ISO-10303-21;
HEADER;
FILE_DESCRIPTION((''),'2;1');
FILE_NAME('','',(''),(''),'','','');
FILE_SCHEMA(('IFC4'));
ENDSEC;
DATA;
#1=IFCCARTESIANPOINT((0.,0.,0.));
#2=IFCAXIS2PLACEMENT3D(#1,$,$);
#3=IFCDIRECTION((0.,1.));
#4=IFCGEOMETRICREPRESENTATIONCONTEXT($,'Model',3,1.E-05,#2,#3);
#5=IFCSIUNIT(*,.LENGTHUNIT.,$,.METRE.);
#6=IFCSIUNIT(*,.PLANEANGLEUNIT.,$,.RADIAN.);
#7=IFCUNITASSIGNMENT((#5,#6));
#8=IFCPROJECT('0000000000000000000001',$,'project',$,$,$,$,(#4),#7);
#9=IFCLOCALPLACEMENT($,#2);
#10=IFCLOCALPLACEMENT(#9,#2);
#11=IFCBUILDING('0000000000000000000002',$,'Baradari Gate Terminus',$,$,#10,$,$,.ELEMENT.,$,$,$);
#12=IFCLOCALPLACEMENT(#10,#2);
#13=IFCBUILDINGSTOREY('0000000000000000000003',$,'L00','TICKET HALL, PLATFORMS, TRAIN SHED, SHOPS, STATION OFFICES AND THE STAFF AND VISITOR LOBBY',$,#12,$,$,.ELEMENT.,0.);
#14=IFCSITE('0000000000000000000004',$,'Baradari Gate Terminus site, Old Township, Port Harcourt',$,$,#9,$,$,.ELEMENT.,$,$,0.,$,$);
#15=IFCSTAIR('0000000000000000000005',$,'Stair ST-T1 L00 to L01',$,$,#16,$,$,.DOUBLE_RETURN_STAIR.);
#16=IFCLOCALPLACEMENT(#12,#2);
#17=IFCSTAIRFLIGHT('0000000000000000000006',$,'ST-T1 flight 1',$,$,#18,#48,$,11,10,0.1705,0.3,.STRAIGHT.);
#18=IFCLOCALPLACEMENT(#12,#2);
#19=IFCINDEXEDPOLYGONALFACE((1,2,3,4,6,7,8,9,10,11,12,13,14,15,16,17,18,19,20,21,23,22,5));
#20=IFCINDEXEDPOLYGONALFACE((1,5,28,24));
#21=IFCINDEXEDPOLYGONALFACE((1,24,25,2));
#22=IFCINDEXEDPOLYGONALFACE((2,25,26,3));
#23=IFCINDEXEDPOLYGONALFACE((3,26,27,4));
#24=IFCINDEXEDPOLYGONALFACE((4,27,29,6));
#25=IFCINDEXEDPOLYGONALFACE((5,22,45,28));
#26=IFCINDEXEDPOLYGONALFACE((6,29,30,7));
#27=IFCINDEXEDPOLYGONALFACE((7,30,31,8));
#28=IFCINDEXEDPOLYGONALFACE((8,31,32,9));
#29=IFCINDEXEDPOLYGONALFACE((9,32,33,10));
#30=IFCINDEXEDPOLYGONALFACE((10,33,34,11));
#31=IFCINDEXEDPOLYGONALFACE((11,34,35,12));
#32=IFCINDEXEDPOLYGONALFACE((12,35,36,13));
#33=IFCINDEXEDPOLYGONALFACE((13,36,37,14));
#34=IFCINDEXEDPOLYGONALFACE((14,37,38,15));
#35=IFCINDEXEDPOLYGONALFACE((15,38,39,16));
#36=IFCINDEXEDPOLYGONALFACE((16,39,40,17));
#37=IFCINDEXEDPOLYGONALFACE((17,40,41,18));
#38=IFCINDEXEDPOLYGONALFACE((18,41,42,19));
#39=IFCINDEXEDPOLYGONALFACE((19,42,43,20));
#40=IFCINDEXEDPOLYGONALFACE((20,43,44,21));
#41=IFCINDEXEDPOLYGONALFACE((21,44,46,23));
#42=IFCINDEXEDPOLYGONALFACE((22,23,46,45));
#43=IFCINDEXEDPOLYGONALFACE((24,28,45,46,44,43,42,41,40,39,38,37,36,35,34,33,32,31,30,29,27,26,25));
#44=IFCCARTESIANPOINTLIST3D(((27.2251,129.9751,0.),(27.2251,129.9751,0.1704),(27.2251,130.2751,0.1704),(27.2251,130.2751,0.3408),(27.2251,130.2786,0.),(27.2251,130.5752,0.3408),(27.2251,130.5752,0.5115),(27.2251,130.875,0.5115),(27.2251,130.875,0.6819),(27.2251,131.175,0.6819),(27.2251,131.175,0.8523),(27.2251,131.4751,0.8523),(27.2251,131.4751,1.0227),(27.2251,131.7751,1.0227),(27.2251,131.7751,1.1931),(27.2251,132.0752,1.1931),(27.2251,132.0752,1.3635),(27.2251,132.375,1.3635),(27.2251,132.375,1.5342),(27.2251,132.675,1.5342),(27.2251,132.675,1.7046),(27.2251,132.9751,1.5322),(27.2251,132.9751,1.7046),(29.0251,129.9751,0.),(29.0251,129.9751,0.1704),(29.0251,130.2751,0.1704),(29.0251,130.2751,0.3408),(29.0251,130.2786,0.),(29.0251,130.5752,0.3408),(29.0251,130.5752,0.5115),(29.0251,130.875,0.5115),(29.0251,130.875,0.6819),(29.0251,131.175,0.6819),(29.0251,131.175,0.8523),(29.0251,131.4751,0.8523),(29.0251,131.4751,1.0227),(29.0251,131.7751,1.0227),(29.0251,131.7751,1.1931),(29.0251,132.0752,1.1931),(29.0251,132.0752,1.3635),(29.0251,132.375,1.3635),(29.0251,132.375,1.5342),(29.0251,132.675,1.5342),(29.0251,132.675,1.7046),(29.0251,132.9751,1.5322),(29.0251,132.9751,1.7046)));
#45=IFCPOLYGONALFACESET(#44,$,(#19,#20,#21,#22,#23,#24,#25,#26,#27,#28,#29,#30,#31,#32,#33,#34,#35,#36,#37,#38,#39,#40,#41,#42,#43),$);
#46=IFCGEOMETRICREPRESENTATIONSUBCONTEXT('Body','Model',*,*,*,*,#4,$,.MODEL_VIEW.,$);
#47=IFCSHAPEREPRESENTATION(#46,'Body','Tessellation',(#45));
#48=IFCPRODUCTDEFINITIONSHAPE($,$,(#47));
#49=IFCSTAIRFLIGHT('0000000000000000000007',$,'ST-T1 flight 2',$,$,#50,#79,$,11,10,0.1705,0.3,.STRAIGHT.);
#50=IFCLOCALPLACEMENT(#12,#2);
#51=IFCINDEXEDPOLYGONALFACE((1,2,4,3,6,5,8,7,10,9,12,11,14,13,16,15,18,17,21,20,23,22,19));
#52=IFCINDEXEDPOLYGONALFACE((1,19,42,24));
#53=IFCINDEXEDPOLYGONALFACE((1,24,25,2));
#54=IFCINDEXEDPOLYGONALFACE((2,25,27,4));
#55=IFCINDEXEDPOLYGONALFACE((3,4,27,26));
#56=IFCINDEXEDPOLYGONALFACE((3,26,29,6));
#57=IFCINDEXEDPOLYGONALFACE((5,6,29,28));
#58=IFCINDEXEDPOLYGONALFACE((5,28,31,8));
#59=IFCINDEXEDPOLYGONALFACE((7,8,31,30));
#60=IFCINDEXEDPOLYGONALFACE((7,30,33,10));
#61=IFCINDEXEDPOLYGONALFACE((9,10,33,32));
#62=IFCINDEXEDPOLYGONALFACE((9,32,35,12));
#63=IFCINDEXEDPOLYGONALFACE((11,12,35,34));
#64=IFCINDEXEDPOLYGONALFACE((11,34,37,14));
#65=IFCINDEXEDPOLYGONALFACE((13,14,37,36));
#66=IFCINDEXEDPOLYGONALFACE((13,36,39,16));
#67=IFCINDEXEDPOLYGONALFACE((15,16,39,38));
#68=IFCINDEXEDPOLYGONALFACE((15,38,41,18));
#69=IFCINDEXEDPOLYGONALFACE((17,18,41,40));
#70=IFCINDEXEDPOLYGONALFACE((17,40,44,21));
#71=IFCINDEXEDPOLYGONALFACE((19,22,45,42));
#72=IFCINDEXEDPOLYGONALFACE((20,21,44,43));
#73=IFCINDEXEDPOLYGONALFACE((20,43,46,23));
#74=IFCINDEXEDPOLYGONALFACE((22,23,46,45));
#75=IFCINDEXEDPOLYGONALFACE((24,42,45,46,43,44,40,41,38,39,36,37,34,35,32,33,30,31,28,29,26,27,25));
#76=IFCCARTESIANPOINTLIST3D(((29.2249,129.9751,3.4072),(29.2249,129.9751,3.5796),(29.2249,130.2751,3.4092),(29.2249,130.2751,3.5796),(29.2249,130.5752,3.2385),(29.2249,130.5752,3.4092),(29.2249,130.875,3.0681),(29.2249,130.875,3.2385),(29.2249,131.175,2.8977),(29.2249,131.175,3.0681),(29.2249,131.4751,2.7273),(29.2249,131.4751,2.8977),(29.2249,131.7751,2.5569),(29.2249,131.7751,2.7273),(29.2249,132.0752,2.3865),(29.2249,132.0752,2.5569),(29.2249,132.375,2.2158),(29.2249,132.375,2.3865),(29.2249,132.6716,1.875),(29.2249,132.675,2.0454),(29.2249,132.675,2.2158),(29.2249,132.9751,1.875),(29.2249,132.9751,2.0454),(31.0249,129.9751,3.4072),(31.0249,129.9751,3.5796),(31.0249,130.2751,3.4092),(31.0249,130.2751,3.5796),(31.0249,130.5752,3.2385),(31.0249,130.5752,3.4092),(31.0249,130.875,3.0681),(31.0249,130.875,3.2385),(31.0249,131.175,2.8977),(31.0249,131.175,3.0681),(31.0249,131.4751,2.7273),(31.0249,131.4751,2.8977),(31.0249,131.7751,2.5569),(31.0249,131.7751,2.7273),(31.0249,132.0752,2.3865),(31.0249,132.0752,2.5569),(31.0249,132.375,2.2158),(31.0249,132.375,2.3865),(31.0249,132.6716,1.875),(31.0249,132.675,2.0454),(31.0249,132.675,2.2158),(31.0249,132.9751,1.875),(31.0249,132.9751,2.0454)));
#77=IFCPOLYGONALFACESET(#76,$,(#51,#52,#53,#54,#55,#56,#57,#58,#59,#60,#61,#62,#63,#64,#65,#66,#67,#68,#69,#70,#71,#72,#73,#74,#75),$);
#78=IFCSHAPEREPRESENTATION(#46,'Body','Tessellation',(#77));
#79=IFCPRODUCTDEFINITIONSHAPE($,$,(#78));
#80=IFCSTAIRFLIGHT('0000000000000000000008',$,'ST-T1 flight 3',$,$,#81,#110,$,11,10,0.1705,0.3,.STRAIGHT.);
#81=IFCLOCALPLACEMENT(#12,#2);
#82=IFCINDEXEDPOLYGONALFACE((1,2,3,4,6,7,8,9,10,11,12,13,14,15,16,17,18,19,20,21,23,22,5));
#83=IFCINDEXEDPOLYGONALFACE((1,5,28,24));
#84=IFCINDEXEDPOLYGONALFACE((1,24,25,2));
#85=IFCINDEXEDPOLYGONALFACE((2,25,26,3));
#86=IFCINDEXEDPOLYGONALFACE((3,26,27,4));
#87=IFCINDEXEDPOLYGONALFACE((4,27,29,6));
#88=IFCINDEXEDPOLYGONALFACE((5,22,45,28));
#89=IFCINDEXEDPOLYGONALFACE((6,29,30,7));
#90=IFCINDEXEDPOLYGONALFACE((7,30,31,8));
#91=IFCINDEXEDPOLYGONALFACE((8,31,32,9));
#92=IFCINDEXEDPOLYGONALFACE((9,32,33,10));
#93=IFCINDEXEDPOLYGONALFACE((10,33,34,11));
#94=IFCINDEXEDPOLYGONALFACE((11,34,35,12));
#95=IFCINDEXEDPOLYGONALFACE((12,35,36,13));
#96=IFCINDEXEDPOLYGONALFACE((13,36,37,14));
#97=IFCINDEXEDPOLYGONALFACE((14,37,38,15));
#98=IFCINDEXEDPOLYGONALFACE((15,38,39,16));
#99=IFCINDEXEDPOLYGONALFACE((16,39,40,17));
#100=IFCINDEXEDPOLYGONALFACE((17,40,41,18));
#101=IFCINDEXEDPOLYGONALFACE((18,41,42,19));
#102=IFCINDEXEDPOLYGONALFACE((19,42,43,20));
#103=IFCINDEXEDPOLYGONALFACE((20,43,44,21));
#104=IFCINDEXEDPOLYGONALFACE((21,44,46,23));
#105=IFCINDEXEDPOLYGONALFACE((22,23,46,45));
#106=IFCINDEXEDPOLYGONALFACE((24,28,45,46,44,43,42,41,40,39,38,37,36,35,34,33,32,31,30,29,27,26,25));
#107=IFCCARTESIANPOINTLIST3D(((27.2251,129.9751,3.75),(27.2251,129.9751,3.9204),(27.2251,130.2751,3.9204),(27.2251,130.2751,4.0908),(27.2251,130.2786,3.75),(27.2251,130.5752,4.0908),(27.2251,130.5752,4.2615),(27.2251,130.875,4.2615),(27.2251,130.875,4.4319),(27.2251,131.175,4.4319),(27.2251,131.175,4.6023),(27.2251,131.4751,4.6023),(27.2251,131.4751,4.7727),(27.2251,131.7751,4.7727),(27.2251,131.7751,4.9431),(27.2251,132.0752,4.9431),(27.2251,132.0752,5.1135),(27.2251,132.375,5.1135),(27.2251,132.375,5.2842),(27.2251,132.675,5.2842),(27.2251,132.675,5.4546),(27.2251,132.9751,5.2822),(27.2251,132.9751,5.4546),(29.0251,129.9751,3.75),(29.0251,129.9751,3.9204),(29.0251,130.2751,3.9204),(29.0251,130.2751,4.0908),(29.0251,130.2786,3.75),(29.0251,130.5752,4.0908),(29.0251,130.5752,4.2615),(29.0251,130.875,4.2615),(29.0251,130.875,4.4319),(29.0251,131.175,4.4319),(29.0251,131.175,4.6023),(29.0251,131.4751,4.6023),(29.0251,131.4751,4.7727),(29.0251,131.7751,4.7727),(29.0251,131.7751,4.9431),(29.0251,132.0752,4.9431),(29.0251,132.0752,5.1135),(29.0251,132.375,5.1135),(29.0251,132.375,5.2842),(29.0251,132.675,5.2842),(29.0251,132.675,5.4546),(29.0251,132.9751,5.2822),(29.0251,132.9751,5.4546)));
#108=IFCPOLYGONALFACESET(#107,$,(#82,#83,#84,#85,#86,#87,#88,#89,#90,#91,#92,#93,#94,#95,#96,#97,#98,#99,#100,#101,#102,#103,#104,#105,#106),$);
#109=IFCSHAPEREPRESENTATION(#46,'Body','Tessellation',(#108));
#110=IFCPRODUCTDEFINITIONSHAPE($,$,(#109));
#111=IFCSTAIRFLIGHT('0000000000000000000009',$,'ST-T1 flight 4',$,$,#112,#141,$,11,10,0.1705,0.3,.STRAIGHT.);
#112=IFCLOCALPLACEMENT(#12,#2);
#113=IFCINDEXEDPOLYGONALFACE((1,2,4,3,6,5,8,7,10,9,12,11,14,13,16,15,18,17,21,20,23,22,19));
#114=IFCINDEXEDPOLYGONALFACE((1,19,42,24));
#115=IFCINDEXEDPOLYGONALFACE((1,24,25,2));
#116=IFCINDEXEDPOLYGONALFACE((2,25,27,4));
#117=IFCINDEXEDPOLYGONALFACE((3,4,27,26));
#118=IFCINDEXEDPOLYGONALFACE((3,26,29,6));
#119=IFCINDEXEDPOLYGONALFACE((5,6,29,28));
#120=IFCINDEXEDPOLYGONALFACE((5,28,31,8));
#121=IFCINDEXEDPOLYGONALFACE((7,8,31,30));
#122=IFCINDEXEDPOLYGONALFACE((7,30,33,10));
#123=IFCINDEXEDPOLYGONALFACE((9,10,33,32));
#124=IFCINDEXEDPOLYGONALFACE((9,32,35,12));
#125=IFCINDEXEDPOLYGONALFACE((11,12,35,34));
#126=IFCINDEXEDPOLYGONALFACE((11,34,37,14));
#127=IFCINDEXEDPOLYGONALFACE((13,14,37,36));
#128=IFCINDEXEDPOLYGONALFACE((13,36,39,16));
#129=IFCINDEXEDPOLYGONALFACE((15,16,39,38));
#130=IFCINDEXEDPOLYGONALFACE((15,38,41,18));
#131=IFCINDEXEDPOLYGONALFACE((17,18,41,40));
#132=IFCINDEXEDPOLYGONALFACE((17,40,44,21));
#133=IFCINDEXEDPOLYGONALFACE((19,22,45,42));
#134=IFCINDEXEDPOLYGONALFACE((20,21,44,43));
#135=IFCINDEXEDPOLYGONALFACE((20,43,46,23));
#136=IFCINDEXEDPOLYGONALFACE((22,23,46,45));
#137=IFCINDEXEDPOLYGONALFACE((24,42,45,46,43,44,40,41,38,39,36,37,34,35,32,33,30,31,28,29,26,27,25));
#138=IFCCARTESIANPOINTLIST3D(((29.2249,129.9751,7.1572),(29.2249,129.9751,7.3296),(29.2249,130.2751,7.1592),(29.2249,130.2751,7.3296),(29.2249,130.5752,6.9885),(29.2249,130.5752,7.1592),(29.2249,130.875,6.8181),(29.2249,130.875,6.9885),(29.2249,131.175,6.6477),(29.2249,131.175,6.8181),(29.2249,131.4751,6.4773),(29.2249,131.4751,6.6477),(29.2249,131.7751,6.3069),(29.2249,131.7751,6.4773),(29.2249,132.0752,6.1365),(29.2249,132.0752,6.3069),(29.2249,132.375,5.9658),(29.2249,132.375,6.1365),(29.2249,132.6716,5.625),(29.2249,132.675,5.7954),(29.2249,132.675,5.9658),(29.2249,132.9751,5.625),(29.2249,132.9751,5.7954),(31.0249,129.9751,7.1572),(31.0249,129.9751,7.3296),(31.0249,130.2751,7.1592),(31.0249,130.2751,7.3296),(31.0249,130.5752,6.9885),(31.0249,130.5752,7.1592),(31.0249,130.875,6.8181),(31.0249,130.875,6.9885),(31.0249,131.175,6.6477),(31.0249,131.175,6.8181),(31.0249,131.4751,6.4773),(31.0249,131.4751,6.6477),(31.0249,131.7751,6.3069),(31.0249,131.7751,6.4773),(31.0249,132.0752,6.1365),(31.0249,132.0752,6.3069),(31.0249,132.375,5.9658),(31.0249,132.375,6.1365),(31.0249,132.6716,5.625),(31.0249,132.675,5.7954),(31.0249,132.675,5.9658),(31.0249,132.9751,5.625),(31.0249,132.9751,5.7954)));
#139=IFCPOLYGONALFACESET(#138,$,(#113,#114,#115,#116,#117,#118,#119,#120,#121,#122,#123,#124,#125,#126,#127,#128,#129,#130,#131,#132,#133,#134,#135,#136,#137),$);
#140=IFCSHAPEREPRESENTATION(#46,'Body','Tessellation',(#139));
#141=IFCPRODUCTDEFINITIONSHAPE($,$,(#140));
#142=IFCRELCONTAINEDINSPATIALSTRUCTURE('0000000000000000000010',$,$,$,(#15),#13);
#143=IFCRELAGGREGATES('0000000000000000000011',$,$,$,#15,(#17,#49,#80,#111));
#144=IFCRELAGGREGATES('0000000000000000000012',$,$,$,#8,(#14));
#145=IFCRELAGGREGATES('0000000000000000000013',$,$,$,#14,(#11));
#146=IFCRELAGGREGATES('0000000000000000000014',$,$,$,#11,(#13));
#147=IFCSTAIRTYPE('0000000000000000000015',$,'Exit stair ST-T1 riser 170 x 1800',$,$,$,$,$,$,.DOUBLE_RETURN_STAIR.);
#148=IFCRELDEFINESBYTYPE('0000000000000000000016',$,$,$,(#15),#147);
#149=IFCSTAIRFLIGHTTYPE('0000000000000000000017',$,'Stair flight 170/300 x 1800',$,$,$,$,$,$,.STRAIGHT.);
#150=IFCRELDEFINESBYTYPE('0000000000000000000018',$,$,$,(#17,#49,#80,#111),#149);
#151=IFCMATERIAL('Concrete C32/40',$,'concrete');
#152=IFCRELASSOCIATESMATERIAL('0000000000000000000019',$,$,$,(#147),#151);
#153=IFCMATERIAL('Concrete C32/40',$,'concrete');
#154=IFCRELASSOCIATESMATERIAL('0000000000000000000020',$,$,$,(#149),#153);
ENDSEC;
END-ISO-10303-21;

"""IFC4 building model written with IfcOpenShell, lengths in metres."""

from ifc_helpers import new_model, si_unit, direction, frame, origin, place, context, subcontext, project, spatial, polyline, outline, extrude, material, type_object, element, aggregate, save


model = new_model("IFC4")

# Units and contexts
model_context = context("Model", 3, precision=1e-05, world=origin(), true_north=direction((0.0, 1.0)))
body_context = subcontext(model_context, "Body", "Model", "MODEL_VIEW")
ifc_project = project(units=[si_unit("LENGTHUNIT", "METRE"), si_unit("PLANEANGLEUNIT", "RADIAN")], contexts=[model_context])

# Site, building, storey
site_placement = place(None, origin())
site = spatial("IfcSite", under=ifc_project, at=site_placement, Name="Baradari Gate Terminus site, Old Township, Port Harcourt", CompositionType="ELEMENT", RefElevation=0.0)
building_placement = place(site_placement, origin())
building = spatial("IfcBuilding", under=site, at=building_placement, Name="Baradari Gate Terminus", CompositionType="ELEMENT")
storey_placement = place(building_placement, origin())
storey = spatial("IfcBuildingStorey", under=building, at=storey_placement, Name="L00", Description="TICKET HALL, PLATFORMS, TRAIN SHED, SHOPS, STATION OFFICES AND THE STAFF AND VISITOR LOBBY", CompositionType="ELEMENT", Elevation=0.0)

# Stair, stair flights
ifc_material_1 = material(Name="Concrete C32/40", Category="concrete")
stair_type = type_object("IfcStairType", Name="Exit stair ST-T1 riser 170 x 1800", PredefinedType="DOUBLE_RETURN_STAIR", material=ifc_material_1)
stair_placement = place(storey_placement, origin())
stair = element("IfcStair", 1, at=stair_placement, inside=storey, type_object=stair_type, Name="Stair ST-T1 L00 to L01", PredefinedType="DOUBLE_RETURN_STAIR")
ifc_material_2 = material(Name="Concrete C32/40", Category="concrete")
stair_flight_type = type_object("IfcStairFlightType", Name="Stair flight 170/300 x 1800", PredefinedType="STRAIGHT", material=ifc_material_2)
stair_flight_1_placement = place(storey_placement, frame((28.125, 129.9751, 0.0), z_axis=(0.0, 0.0, 1.0), x_axis=(0.0, 1.0, 0.0)))
stair_flight_1 = element("IfcStairFlight", 2, at=stair_flight_1_placement, type_object=stair_flight_type, Name="ST-T1 flight 1", NumberOfRisers=11, NumberOfTreads=10, PredefinedType="STRAIGHT", RiserHeight=0.1705, TreadLength=0.3, context=body_context, shape_type="SweptSolid", body=[
    extrude(outline(polyline([(0.0, 0.0), (0.0, 0.1704), (0.3, 0.1704), (0.3, 0.3408), (0.6001, 0.3408), (0.6001, 0.5115), (0.8999, 0.5115), (0.8999, 0.6819), (1.2, 0.6819), (1.2, 0.8523), (1.5, 0.8523), (1.5, 1.0227), (1.8, 1.0227), (1.8, 1.1931), (2.1001, 1.1931), (2.1001, 1.3635), (2.3999, 1.3635), (2.3999, 1.5342), (2.7, 1.5342), (2.7, 1.7046), (3.0, 1.7046), (3.0, 1.875), (3.0, 1.5322), (0.3035, 0.0), (0.0, 0.0)])), frame((0.0, 0.8999, 0.0), z_axis=(0.0, -1.0, 0.0), x_axis=(1.0, 0.0, 0.0)), (0.0, 0.0, 1.0), 1.8),
])
stair_flight_2_placement = place(storey_placement, frame((30.125, 132.9751, 1.875), z_axis=(0.0, 0.0, 1.0), x_axis=(0.0, -1.0, 0.0)))
stair_flight_2 = element("IfcStairFlight", 3, at=stair_flight_2_placement, type_object=stair_flight_type, Name="ST-T1 flight 2", NumberOfRisers=11, NumberOfTreads=10, PredefinedType="STRAIGHT", RiserHeight=0.1705, TreadLength=0.3, context=body_context, shape_type="SweptSolid", body=[
    extrude(outline(polyline([(0.0, 0.0), (0.0, 0.1704), (0.3, 0.1704), (0.3, 0.3408), (0.6001, 0.3408), (0.6001, 0.5115), (0.8999, 0.5115), (0.8999, 0.6819), (1.2, 0.6819), (1.2, 0.8523), (1.5, 0.8523), (1.5, 1.0227), (1.8, 1.0227), (1.8, 1.1931), (2.1001, 1.1931), (2.1001, 1.3635), (2.3999, 1.3635), (2.3999, 1.5342), (2.7, 1.5342), (2.7, 1.7046), (3.0, 1.7046), (3.0, 1.875), (3.0, 1.5322), (0.3035, 0.0), (0.0, 0.0)])), frame((0.0, 0.8999, 0.0), z_axis=(0.0, -1.0, 0.0), x_axis=(1.0, 0.0, 0.0)), (0.0, 0.0, 1.0), 1.8),
])
stair_flight_3_placement = place(storey_placement, frame((28.125, 129.9751, 3.75), z_axis=(0.0, 0.0, 1.0), x_axis=(0.0, 1.0, 0.0)))
stair_flight_3 = element("IfcStairFlight", 4, at=stair_flight_3_placement, type_object=stair_flight_type, Name="ST-T1 flight 3", NumberOfRisers=11, NumberOfTreads=10, PredefinedType="STRAIGHT", RiserHeight=0.1705, TreadLength=0.3, context=body_context, shape_type="SweptSolid", body=[
    extrude(outline(polyline([(0.0, 0.0), (0.0, 0.1704), (0.3, 0.1704), (0.3, 0.3408), (0.6001, 0.3408), (0.6001, 0.5115), (0.8999, 0.5115), (0.8999, 0.6819), (1.2, 0.6819), (1.2, 0.8523), (1.5, 0.8523), (1.5, 1.0227), (1.8, 1.0227), (1.8, 1.1931), (2.1001, 1.1931), (2.1001, 1.3635), (2.3999, 1.3635), (2.3999, 1.5342), (2.7, 1.5342), (2.7, 1.7046), (3.0, 1.7046), (3.0, 1.875), (3.0, 1.5322), (0.3035, 0.0), (0.0, 0.0)])), frame((0.0, 0.8999, 0.0), z_axis=(0.0, -1.0, 0.0), x_axis=(1.0, 0.0, 0.0)), (0.0, 0.0, 1.0), 1.8),
])
stair_flight_4_placement = place(storey_placement, frame((30.125, 132.9751, 5.625), z_axis=(0.0, 0.0, 1.0), x_axis=(0.0, -1.0, 0.0)))
stair_flight_4 = element("IfcStairFlight", 5, at=stair_flight_4_placement, type_object=stair_flight_type, Name="ST-T1 flight 4", NumberOfRisers=11, NumberOfTreads=10, PredefinedType="STRAIGHT", RiserHeight=0.1705, TreadLength=0.3, context=body_context, shape_type="SweptSolid", body=[
    extrude(outline(polyline([(0.0, 0.0), (0.0, 0.1704), (0.3, 0.1704), (0.3, 0.3408), (0.6001, 0.3408), (0.6001, 0.5115), (0.8999, 0.5115), (0.8999, 0.6819), (1.2, 0.6819), (1.2, 0.8523), (1.5, 0.8523), (1.5, 1.0227), (1.8, 1.0227), (1.8, 1.1931), (2.1001, 1.1931), (2.1001, 1.3635), (2.3999, 1.3635), (2.3999, 1.5342), (2.7, 1.5342), (2.7, 1.7046), (3.0, 1.7046), (3.0, 1.875), (3.0, 1.5322), (0.3035, 0.0), (0.0, 0.0)])), frame((0.0, 0.8999, 0.0), z_axis=(0.0, -1.0, 0.0), x_axis=(1.0, 0.0, 0.0)), (0.0, 0.0, 1.0), 1.8),
])
aggregate(stair, [stair_flight_1, stair_flight_2, stair_flight_3, stair_flight_4])

save(model, "model.ifc")
